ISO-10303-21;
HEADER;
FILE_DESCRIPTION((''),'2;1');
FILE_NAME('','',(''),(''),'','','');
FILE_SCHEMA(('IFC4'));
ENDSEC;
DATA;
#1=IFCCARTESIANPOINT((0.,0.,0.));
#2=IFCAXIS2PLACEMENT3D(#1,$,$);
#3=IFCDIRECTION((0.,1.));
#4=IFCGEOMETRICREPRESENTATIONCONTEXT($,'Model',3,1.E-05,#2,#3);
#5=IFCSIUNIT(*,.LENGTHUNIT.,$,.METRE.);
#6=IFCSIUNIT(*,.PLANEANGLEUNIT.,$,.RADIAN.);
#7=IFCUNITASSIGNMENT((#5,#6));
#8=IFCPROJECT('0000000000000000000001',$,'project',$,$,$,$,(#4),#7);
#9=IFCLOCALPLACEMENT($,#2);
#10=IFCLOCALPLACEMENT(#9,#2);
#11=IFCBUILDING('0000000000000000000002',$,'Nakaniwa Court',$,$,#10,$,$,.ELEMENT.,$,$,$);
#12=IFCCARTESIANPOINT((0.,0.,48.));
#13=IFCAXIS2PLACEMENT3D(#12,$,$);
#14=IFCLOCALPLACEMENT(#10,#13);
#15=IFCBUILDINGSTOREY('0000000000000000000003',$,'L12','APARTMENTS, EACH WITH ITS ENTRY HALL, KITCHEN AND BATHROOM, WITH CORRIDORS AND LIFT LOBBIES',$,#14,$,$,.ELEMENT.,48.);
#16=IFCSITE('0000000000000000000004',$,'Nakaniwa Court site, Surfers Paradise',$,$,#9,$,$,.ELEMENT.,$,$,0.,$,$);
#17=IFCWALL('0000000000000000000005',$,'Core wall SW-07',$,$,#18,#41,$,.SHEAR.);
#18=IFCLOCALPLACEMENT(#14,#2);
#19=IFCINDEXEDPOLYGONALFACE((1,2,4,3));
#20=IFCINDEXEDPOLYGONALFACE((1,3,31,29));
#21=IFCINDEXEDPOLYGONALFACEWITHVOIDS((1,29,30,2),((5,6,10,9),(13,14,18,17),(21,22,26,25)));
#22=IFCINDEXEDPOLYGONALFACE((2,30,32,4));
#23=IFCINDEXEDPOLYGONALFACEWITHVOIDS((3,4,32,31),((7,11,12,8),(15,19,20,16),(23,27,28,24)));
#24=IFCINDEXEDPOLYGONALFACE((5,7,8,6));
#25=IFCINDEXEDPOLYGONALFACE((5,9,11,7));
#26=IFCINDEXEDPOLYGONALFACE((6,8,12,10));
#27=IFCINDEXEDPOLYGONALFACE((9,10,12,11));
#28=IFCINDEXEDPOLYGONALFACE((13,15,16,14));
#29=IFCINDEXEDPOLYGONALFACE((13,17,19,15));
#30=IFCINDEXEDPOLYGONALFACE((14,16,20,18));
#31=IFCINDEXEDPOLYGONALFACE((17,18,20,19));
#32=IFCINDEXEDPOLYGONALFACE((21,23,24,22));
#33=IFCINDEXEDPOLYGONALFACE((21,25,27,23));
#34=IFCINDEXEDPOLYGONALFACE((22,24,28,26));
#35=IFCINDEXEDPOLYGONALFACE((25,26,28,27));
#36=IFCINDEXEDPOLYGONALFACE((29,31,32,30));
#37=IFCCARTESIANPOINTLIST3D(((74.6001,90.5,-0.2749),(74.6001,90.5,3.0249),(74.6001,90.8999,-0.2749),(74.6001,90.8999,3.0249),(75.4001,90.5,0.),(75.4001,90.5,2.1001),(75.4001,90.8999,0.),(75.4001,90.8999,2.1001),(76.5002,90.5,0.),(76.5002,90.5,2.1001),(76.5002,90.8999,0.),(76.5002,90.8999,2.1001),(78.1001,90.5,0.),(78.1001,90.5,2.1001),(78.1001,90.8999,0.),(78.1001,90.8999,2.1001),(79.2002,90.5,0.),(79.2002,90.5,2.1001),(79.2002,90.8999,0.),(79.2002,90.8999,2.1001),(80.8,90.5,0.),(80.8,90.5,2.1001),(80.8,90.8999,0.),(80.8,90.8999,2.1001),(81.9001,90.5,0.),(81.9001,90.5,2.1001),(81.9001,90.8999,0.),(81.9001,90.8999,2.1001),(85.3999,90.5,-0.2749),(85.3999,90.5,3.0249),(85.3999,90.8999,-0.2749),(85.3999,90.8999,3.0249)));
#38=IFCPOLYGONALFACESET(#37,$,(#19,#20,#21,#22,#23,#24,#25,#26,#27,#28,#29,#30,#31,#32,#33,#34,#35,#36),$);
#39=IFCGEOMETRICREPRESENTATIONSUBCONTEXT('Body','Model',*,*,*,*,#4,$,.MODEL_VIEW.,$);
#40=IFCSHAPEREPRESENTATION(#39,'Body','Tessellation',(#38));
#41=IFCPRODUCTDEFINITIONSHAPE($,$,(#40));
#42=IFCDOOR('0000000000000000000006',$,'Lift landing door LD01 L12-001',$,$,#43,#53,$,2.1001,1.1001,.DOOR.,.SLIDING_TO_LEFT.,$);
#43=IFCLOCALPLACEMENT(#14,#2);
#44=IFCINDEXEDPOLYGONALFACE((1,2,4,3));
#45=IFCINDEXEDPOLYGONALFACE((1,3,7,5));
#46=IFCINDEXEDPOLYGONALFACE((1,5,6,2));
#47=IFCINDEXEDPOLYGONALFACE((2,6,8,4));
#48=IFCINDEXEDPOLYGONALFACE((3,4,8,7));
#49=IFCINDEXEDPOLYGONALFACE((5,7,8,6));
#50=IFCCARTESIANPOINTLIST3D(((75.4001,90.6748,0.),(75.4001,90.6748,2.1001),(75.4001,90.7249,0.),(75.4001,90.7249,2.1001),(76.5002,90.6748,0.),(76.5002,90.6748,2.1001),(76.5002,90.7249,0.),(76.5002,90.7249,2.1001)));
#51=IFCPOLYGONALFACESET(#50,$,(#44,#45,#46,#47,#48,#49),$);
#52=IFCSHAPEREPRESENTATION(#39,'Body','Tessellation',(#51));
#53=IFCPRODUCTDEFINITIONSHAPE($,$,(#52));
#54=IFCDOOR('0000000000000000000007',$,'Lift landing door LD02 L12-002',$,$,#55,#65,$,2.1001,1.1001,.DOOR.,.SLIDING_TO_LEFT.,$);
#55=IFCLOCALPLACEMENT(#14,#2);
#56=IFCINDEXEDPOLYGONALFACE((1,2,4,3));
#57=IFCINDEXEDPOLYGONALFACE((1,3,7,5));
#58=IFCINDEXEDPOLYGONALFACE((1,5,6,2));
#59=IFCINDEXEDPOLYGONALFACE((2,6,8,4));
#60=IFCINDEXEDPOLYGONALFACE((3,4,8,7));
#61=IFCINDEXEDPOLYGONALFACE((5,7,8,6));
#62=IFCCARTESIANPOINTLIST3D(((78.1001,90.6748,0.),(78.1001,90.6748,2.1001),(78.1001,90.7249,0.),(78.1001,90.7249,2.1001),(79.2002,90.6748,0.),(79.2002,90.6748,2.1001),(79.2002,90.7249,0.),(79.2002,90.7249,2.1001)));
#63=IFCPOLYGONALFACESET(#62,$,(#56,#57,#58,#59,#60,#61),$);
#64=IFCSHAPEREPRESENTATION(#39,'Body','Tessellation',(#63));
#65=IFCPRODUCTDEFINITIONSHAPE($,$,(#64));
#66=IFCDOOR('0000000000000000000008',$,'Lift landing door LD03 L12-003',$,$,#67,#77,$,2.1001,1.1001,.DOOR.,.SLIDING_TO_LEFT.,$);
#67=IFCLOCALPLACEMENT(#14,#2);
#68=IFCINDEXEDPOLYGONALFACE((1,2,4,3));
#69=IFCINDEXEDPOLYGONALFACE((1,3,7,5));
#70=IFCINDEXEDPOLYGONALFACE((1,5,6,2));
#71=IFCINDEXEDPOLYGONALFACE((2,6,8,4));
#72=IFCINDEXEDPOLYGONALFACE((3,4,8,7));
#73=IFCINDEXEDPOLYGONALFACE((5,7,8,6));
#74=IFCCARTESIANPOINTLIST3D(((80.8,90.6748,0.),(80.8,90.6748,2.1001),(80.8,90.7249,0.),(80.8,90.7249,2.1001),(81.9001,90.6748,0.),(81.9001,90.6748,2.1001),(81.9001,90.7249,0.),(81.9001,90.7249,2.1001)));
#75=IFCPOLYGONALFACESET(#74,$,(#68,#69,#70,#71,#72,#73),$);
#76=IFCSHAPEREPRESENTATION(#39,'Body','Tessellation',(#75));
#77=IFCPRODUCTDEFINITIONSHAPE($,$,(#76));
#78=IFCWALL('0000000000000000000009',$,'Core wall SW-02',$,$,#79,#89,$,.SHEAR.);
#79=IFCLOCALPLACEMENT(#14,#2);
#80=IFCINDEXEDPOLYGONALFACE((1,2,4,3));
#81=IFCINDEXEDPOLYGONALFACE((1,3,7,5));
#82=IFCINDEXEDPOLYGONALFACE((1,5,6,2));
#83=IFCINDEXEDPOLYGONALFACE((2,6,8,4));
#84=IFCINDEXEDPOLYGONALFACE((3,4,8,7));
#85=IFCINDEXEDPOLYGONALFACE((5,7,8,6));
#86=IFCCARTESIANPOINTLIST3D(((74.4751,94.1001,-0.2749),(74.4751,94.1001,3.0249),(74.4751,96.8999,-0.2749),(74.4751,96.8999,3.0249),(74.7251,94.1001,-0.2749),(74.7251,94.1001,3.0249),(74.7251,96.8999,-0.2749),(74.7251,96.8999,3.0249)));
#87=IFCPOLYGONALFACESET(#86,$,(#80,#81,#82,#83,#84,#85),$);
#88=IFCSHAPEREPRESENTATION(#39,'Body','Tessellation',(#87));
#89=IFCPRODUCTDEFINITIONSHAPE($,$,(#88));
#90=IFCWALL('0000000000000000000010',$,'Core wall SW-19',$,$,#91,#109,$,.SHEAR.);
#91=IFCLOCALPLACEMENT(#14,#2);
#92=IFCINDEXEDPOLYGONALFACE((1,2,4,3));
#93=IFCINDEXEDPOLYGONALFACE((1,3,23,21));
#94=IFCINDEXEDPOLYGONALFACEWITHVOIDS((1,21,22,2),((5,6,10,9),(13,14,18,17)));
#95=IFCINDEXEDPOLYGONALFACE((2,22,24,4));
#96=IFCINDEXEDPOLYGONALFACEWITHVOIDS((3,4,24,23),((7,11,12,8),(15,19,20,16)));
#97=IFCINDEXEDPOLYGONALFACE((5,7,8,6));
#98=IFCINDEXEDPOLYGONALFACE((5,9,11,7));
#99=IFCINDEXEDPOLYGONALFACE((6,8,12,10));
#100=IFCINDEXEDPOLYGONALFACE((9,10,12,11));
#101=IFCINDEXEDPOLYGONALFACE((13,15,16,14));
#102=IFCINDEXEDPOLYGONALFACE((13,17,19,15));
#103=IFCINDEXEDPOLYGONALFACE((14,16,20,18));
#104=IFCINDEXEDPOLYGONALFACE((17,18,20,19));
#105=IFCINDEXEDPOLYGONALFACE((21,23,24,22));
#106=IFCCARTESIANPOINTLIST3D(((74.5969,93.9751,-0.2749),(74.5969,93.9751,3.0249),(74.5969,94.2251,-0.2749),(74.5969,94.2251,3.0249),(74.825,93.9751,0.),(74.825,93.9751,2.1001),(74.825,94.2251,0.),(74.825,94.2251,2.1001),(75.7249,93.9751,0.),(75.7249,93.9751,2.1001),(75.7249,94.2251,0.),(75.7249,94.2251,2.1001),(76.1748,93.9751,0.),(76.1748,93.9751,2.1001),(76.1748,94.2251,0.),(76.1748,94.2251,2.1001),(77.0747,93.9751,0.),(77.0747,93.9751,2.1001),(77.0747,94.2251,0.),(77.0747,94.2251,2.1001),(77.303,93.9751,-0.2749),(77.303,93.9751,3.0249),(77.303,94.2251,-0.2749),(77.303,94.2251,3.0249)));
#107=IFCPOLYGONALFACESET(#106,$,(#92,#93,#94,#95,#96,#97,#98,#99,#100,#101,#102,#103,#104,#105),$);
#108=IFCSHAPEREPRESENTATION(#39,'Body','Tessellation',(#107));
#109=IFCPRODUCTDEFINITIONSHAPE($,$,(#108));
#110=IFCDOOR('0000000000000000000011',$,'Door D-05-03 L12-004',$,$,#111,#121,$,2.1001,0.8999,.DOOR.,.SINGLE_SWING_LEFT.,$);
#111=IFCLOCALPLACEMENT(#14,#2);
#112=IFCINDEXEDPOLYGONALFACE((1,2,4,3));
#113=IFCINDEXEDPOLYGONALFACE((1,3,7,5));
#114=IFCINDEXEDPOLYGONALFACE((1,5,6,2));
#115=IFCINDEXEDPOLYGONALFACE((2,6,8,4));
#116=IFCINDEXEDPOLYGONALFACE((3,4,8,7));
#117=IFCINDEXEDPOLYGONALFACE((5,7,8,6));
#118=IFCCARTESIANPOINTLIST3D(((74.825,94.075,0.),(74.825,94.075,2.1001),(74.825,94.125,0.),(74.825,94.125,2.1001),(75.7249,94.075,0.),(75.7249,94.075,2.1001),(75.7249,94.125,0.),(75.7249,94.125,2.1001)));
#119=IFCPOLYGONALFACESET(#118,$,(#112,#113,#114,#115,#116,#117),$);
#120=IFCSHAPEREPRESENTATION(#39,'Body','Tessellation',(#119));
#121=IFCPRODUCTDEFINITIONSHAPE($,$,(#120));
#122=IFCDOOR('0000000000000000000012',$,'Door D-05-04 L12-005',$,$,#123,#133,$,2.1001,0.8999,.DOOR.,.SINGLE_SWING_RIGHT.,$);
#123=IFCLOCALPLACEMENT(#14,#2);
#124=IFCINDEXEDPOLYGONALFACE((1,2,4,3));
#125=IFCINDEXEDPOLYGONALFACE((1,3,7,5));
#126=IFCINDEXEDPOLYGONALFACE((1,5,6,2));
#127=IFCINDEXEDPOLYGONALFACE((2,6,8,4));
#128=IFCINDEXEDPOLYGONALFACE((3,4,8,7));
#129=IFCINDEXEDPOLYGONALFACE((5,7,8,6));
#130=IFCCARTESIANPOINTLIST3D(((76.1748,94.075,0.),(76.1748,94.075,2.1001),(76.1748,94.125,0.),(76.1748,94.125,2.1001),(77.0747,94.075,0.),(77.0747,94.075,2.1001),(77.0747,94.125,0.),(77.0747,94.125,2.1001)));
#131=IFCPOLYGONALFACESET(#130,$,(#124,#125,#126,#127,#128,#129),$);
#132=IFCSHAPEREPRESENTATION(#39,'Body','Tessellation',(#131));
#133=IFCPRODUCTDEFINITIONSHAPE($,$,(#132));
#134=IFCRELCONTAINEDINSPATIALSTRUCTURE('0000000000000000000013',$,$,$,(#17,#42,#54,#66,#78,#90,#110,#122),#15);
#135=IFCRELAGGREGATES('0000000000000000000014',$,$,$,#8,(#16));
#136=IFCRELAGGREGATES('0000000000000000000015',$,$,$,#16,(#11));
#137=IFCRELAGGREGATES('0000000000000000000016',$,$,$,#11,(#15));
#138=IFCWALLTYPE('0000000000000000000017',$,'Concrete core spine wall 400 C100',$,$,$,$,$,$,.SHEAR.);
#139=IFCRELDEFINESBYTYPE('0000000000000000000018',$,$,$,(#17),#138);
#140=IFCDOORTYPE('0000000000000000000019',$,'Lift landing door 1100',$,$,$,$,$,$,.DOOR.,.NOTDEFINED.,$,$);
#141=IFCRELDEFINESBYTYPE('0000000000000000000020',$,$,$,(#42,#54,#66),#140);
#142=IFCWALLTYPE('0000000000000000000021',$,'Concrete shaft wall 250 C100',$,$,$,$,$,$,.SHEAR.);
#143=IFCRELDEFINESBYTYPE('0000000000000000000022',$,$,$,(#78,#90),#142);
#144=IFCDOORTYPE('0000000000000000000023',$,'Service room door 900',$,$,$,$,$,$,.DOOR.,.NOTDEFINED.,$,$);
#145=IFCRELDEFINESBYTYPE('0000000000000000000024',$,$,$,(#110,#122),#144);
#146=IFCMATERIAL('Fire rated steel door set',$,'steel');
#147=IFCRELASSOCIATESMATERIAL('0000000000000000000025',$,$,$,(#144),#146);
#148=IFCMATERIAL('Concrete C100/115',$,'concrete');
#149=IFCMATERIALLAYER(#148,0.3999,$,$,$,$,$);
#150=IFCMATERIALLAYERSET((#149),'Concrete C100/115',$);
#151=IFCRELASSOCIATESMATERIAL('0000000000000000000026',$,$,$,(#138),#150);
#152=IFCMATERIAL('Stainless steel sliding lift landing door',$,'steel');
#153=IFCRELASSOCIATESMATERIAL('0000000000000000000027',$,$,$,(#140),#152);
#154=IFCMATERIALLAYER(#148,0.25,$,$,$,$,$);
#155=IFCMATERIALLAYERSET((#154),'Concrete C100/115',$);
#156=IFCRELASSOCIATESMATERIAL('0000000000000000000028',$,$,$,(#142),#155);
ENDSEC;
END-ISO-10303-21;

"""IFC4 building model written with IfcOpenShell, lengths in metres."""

from ifc_helpers import new_model, si_unit, direction, frame, frame_2d, origin, place, context, subcontext, project, spatial, rectangle, extrude, material, layer, layer_set, type_object, element, fill, save


model = new_model("IFC4")

# Units and contexts
model_context = context("Model", 3, precision=1e-05, world=origin(), true_north=direction((0.0, 1.0)))
body_context = subcontext(model_context, "Body", "Model", "MODEL_VIEW")
ifc_project = project(units=[si_unit("LENGTHUNIT", "METRE"), si_unit("PLANEANGLEUNIT", "RADIAN")], contexts=[model_context])

# Site, building, storey
site_placement = place(None, origin())
site = spatial("IfcSite", under=ifc_project, at=site_placement, Name="Nakaniwa Court site, Surfers Paradise", CompositionType="ELEMENT", RefElevation=0.0)
building_placement = place(site_placement, origin())
building = spatial("IfcBuilding", under=site, at=building_placement, Name="Nakaniwa Court", CompositionType="ELEMENT")
storey_placement = place(building_placement, frame((0.0, 0.0, 48.0)))
storey = spatial("IfcBuildingStorey", under=building, at=storey_placement, Name="L12", Description="APARTMENTS, EACH WITH ITS ENTRY HALL, KITCHEN AND BATHROOM, WITH CORRIDORS AND LIFT LOBBIES", CompositionType="ELEMENT", Elevation=48.0)

# Shared definitions
ifc_material_1 = material(Name="Concrete C100/115", Category="concrete")

# Shared definitions
ifc_material_2 = material(Name="Fire rated steel door set", Category="steel")
door_type_1 = type_object("IfcDoorType", Name="Service room door 900", OperationType="NOTDEFINED", PredefinedType="DOOR", material=ifc_material_2)

# Wall, openings, doors
ifc_layer_1 = layer(ifc_material_1, 0.3999)
ifc_layer_set_1 = layer_set([ifc_layer_1], Name="Concrete C100/115")
wall_type_1 = type_object("IfcWallType", Name="Concrete core spine wall 400 C100", PredefinedType="SHEAR", material=ifc_layer_set_1)
wall_1_placement = place(storey_placement, frame((74.6001, 90.7, -0.2749), z_axis=(0.0, 0.0, 1.0), x_axis=(1.0, 0.0, 0.0)))
wall_1 = element("IfcWall", 1, at=wall_1_placement, inside=storey, type_object=wall_type_1, Name="Core wall SW-07", PredefinedType="SHEAR", context=body_context, shape_type="SweptSolid", body=[
    extrude(rectangle(XDim=10.7998, YDim=0.3999, at=frame_2d((5.3999, 0.0))), origin(), (0.0, 0.0, 1.0), 3.2998),
])
opening_1_placement = place(wall_1_placement, frame((0.8, 0.0, 0.2749)))
opening_1 = element("IfcOpeningElement", 2, at=opening_1_placement, cuts=wall_1, PredefinedType="OPENING", context=body_context, shape_type="SweptSolid", body=[
    extrude(rectangle(XDim=1.1001, YDim=2.1001, at=frame_2d((0.55, 1.05))), frame((0.0, 0.21, 0.0), z_axis=(0.0, -1.0, 0.0), x_axis=(1.0, 0.0, 0.0)), (0.0, 0.0, 1.0), 0.4199),
])
opening_2_placement = place(wall_1_placement, frame((3.5, 0.0, 0.2749)))
opening_2 = element("IfcOpeningElement", 3, at=opening_2_placement, cuts=wall_1, PredefinedType="OPENING", context=body_context, shape_type="SweptSolid", body=[
    extrude(rectangle(XDim=1.1001, YDim=2.1001, at=frame_2d((0.55, 1.05))), frame((0.0, 0.21, 0.0), z_axis=(0.0, -1.0, 0.0), x_axis=(1.0, 0.0, 0.0)), (0.0, 0.0, 1.0), 0.4199),
])
opening_3_placement = place(wall_1_placement, frame((6.2, 0.0, 0.2749)))
opening_3 = element("IfcOpeningElement", 4, at=opening_3_placement, cuts=wall_1, PredefinedType="OPENING", context=body_context, shape_type="SweptSolid", body=[
    extrude(rectangle(XDim=1.1001, YDim=2.1001, at=frame_2d((0.55, 1.05))), frame((0.0, 0.21, 0.0), z_axis=(0.0, -1.0, 0.0), x_axis=(1.0, 0.0, 0.0)), (0.0, 0.0, 1.0), 0.4199),
])
ifc_material_3 = material(Name="Stainless steel sliding lift landing door", Category="steel")
door_type_2 = type_object("IfcDoorType", Name="Lift landing door 1100", OperationType="NOTDEFINED", PredefinedType="DOOR", material=ifc_material_3)
door_1_placement = place(opening_1_placement, origin())
door_1 = element("IfcDoor", 5, at=door_1_placement, inside=storey, type_object=door_type_2, Name="Lift landing door LD01 L12-001", OperationType="SLIDING_TO_LEFT", OverallHeight=2.1001, OverallWidth=1.1001, PredefinedType="DOOR", context=body_context, shape_type="SweptSolid", body=[
    extrude(rectangle(XDim=1.1001, YDim=2.1001, at=frame_2d((0.55, 1.05))), frame((0.0, 0.0249, 0.0), z_axis=(0.0, -1.0, 0.0), x_axis=(1.0, 0.0, 0.0)), (0.0, 0.0, 1.0), 0.05),
])
fill(opening_1, door_1)
door_2_placement = place(opening_2_placement, origin())
door_2 = element("IfcDoor", 6, at=door_2_placement, inside=storey, type_object=door_type_2, Name="Lift landing door LD02 L12-002", OperationType="SLIDING_TO_LEFT", OverallHeight=2.1001, OverallWidth=1.1001, PredefinedType="DOOR", context=body_context, shape_type="SweptSolid", body=[
    extrude(rectangle(XDim=1.1001, YDim=2.1001, at=frame_2d((0.55, 1.05))), frame((0.0, 0.0249, 0.0), z_axis=(0.0, -1.0, 0.0), x_axis=(1.0, 0.0, 0.0)), (0.0, 0.0, 1.0), 0.05),
])
fill(opening_2, door_2)
door_3_placement = place(opening_3_placement, origin())
door_3 = element("IfcDoor", 7, at=door_3_placement, inside=storey, type_object=door_type_2, Name="Lift landing door LD03 L12-003", OperationType="SLIDING_TO_LEFT", OverallHeight=2.1001, OverallWidth=1.1001, PredefinedType="DOOR", context=body_context, shape_type="SweptSolid", body=[
    extrude(rectangle(XDim=1.1001, YDim=2.1001, at=frame_2d((0.55, 1.05))), frame((0.0, 0.0249, 0.0), z_axis=(0.0, -1.0, 0.0), x_axis=(1.0, 0.0, 0.0)), (0.0, 0.0, 1.0), 0.05),
])
fill(opening_3, door_3)

# Wall
ifc_layer_2 = layer(ifc_material_1, 0.25)
ifc_layer_set_2 = layer_set([ifc_layer_2], Name="Concrete C100/115")
wall_type_2 = type_object("IfcWallType", Name="Concrete shaft wall 250 C100", PredefinedType="SHEAR", material=ifc_layer_set_2)
wall_2_placement = place(storey_placement, frame((74.6001, 94.1001, -0.2749), z_axis=(0.0, 0.0, 1.0), x_axis=(0.0, 1.0, 0.0)))
element("IfcWall", 8, at=wall_2_placement, inside=storey, type_object=wall_type_2, Name="Core wall SW-02", PredefinedType="SHEAR", context=body_context, shape_type="SweptSolid", body=[
    extrude(rectangle(XDim=2.7998, YDim=0.25, at=frame_2d((1.3999, 0.0))), origin(), (0.0, 0.0, 1.0), 3.2998),
])

# Wall, openings, doors
wall_3_placement = place(storey_placement, frame((74.5969, 94.1001, -0.2749), z_axis=(0.0, 0.0, 1.0), x_axis=(1.0, 0.0, 0.0)))
wall_3 = element("IfcWall", 9, at=wall_3_placement, inside=storey, type_object=wall_type_2, Name="Core wall SW-19", PredefinedType="SHEAR", context=body_context, shape_type="SweptSolid", body=[
    extrude(rectangle(XDim=2.7061, YDim=0.25, at=frame_2d((1.353, 0.0))), origin(), (0.0, 0.0, 1.0), 3.2998),
])
opening_4_placement = place(wall_3_placement, frame((0.228, 0.0, 0.2749)))
opening_4 = element("IfcOpeningElement", 10, at=opening_4_placement, cuts=wall_3, PredefinedType="OPENING", context=body_context, shape_type="SweptSolid", body=[
    extrude(rectangle(XDim=0.8999, YDim=2.1001, at=frame_2d((0.45, 1.05))), frame((0.0, 0.135, 0.0), z_axis=(0.0, -1.0, 0.0), x_axis=(1.0, 0.0, 0.0)), (0.0, 0.0, 1.0), 0.27),
])
opening_5_placement = place(wall_3_placement, frame((1.5779, 0.0, 0.2749)))
opening_5 = element("IfcOpeningElement", 11, at=opening_5_placement, cuts=wall_3, PredefinedType="OPENING", context=body_context, shape_type="SweptSolid", body=[
    extrude(rectangle(XDim=0.8999, YDim=2.1001, at=frame_2d((0.45, 1.05))), frame((0.0, 0.135, 0.0), z_axis=(0.0, -1.0, 0.0), x_axis=(1.0, 0.0, 0.0)), (0.0, 0.0, 1.0), 0.27),
])
door_4_placement = place(opening_4_placement, origin())
door_4 = element("IfcDoor", 12, at=door_4_placement, inside=storey, type_object=door_type_1, Name="Door D-05-03 L12-004", OperationType="SINGLE_SWING_LEFT", OverallHeight=2.1001, OverallWidth=0.8999, PredefinedType="DOOR", context=body_context, shape_type="SweptSolid", body=[
    extrude(rectangle(XDim=0.8999, YDim=2.1001, at=frame_2d((0.45, 1.05))), frame((0.0, 0.0249, 0.0), z_axis=(0.0, -1.0, 0.0), x_axis=(1.0, 0.0, 0.0)), (0.0, 0.0, 1.0), 0.05),
])
fill(opening_4, door_4)
door_5_placement = place(opening_5_placement, origin())
door_5 = element("IfcDoor", 13, at=door_5_placement, inside=storey, type_object=door_type_1, Name="Door D-05-04 L12-005", OperationType="SINGLE_SWING_RIGHT", OverallHeight=2.1001, OverallWidth=0.8999, PredefinedType="DOOR", context=body_context, shape_type="SweptSolid", body=[
    extrude(rectangle(XDim=0.8999, YDim=2.1001, at=frame_2d((0.45, 1.05))), frame((0.0, 0.0249, 0.0), z_axis=(0.0, -1.0, 0.0), x_axis=(1.0, 0.0, 0.0)), (0.0, 0.0, 1.0), 0.05),
])
fill(opening_5, door_5)

save(model, "model.ifc")
